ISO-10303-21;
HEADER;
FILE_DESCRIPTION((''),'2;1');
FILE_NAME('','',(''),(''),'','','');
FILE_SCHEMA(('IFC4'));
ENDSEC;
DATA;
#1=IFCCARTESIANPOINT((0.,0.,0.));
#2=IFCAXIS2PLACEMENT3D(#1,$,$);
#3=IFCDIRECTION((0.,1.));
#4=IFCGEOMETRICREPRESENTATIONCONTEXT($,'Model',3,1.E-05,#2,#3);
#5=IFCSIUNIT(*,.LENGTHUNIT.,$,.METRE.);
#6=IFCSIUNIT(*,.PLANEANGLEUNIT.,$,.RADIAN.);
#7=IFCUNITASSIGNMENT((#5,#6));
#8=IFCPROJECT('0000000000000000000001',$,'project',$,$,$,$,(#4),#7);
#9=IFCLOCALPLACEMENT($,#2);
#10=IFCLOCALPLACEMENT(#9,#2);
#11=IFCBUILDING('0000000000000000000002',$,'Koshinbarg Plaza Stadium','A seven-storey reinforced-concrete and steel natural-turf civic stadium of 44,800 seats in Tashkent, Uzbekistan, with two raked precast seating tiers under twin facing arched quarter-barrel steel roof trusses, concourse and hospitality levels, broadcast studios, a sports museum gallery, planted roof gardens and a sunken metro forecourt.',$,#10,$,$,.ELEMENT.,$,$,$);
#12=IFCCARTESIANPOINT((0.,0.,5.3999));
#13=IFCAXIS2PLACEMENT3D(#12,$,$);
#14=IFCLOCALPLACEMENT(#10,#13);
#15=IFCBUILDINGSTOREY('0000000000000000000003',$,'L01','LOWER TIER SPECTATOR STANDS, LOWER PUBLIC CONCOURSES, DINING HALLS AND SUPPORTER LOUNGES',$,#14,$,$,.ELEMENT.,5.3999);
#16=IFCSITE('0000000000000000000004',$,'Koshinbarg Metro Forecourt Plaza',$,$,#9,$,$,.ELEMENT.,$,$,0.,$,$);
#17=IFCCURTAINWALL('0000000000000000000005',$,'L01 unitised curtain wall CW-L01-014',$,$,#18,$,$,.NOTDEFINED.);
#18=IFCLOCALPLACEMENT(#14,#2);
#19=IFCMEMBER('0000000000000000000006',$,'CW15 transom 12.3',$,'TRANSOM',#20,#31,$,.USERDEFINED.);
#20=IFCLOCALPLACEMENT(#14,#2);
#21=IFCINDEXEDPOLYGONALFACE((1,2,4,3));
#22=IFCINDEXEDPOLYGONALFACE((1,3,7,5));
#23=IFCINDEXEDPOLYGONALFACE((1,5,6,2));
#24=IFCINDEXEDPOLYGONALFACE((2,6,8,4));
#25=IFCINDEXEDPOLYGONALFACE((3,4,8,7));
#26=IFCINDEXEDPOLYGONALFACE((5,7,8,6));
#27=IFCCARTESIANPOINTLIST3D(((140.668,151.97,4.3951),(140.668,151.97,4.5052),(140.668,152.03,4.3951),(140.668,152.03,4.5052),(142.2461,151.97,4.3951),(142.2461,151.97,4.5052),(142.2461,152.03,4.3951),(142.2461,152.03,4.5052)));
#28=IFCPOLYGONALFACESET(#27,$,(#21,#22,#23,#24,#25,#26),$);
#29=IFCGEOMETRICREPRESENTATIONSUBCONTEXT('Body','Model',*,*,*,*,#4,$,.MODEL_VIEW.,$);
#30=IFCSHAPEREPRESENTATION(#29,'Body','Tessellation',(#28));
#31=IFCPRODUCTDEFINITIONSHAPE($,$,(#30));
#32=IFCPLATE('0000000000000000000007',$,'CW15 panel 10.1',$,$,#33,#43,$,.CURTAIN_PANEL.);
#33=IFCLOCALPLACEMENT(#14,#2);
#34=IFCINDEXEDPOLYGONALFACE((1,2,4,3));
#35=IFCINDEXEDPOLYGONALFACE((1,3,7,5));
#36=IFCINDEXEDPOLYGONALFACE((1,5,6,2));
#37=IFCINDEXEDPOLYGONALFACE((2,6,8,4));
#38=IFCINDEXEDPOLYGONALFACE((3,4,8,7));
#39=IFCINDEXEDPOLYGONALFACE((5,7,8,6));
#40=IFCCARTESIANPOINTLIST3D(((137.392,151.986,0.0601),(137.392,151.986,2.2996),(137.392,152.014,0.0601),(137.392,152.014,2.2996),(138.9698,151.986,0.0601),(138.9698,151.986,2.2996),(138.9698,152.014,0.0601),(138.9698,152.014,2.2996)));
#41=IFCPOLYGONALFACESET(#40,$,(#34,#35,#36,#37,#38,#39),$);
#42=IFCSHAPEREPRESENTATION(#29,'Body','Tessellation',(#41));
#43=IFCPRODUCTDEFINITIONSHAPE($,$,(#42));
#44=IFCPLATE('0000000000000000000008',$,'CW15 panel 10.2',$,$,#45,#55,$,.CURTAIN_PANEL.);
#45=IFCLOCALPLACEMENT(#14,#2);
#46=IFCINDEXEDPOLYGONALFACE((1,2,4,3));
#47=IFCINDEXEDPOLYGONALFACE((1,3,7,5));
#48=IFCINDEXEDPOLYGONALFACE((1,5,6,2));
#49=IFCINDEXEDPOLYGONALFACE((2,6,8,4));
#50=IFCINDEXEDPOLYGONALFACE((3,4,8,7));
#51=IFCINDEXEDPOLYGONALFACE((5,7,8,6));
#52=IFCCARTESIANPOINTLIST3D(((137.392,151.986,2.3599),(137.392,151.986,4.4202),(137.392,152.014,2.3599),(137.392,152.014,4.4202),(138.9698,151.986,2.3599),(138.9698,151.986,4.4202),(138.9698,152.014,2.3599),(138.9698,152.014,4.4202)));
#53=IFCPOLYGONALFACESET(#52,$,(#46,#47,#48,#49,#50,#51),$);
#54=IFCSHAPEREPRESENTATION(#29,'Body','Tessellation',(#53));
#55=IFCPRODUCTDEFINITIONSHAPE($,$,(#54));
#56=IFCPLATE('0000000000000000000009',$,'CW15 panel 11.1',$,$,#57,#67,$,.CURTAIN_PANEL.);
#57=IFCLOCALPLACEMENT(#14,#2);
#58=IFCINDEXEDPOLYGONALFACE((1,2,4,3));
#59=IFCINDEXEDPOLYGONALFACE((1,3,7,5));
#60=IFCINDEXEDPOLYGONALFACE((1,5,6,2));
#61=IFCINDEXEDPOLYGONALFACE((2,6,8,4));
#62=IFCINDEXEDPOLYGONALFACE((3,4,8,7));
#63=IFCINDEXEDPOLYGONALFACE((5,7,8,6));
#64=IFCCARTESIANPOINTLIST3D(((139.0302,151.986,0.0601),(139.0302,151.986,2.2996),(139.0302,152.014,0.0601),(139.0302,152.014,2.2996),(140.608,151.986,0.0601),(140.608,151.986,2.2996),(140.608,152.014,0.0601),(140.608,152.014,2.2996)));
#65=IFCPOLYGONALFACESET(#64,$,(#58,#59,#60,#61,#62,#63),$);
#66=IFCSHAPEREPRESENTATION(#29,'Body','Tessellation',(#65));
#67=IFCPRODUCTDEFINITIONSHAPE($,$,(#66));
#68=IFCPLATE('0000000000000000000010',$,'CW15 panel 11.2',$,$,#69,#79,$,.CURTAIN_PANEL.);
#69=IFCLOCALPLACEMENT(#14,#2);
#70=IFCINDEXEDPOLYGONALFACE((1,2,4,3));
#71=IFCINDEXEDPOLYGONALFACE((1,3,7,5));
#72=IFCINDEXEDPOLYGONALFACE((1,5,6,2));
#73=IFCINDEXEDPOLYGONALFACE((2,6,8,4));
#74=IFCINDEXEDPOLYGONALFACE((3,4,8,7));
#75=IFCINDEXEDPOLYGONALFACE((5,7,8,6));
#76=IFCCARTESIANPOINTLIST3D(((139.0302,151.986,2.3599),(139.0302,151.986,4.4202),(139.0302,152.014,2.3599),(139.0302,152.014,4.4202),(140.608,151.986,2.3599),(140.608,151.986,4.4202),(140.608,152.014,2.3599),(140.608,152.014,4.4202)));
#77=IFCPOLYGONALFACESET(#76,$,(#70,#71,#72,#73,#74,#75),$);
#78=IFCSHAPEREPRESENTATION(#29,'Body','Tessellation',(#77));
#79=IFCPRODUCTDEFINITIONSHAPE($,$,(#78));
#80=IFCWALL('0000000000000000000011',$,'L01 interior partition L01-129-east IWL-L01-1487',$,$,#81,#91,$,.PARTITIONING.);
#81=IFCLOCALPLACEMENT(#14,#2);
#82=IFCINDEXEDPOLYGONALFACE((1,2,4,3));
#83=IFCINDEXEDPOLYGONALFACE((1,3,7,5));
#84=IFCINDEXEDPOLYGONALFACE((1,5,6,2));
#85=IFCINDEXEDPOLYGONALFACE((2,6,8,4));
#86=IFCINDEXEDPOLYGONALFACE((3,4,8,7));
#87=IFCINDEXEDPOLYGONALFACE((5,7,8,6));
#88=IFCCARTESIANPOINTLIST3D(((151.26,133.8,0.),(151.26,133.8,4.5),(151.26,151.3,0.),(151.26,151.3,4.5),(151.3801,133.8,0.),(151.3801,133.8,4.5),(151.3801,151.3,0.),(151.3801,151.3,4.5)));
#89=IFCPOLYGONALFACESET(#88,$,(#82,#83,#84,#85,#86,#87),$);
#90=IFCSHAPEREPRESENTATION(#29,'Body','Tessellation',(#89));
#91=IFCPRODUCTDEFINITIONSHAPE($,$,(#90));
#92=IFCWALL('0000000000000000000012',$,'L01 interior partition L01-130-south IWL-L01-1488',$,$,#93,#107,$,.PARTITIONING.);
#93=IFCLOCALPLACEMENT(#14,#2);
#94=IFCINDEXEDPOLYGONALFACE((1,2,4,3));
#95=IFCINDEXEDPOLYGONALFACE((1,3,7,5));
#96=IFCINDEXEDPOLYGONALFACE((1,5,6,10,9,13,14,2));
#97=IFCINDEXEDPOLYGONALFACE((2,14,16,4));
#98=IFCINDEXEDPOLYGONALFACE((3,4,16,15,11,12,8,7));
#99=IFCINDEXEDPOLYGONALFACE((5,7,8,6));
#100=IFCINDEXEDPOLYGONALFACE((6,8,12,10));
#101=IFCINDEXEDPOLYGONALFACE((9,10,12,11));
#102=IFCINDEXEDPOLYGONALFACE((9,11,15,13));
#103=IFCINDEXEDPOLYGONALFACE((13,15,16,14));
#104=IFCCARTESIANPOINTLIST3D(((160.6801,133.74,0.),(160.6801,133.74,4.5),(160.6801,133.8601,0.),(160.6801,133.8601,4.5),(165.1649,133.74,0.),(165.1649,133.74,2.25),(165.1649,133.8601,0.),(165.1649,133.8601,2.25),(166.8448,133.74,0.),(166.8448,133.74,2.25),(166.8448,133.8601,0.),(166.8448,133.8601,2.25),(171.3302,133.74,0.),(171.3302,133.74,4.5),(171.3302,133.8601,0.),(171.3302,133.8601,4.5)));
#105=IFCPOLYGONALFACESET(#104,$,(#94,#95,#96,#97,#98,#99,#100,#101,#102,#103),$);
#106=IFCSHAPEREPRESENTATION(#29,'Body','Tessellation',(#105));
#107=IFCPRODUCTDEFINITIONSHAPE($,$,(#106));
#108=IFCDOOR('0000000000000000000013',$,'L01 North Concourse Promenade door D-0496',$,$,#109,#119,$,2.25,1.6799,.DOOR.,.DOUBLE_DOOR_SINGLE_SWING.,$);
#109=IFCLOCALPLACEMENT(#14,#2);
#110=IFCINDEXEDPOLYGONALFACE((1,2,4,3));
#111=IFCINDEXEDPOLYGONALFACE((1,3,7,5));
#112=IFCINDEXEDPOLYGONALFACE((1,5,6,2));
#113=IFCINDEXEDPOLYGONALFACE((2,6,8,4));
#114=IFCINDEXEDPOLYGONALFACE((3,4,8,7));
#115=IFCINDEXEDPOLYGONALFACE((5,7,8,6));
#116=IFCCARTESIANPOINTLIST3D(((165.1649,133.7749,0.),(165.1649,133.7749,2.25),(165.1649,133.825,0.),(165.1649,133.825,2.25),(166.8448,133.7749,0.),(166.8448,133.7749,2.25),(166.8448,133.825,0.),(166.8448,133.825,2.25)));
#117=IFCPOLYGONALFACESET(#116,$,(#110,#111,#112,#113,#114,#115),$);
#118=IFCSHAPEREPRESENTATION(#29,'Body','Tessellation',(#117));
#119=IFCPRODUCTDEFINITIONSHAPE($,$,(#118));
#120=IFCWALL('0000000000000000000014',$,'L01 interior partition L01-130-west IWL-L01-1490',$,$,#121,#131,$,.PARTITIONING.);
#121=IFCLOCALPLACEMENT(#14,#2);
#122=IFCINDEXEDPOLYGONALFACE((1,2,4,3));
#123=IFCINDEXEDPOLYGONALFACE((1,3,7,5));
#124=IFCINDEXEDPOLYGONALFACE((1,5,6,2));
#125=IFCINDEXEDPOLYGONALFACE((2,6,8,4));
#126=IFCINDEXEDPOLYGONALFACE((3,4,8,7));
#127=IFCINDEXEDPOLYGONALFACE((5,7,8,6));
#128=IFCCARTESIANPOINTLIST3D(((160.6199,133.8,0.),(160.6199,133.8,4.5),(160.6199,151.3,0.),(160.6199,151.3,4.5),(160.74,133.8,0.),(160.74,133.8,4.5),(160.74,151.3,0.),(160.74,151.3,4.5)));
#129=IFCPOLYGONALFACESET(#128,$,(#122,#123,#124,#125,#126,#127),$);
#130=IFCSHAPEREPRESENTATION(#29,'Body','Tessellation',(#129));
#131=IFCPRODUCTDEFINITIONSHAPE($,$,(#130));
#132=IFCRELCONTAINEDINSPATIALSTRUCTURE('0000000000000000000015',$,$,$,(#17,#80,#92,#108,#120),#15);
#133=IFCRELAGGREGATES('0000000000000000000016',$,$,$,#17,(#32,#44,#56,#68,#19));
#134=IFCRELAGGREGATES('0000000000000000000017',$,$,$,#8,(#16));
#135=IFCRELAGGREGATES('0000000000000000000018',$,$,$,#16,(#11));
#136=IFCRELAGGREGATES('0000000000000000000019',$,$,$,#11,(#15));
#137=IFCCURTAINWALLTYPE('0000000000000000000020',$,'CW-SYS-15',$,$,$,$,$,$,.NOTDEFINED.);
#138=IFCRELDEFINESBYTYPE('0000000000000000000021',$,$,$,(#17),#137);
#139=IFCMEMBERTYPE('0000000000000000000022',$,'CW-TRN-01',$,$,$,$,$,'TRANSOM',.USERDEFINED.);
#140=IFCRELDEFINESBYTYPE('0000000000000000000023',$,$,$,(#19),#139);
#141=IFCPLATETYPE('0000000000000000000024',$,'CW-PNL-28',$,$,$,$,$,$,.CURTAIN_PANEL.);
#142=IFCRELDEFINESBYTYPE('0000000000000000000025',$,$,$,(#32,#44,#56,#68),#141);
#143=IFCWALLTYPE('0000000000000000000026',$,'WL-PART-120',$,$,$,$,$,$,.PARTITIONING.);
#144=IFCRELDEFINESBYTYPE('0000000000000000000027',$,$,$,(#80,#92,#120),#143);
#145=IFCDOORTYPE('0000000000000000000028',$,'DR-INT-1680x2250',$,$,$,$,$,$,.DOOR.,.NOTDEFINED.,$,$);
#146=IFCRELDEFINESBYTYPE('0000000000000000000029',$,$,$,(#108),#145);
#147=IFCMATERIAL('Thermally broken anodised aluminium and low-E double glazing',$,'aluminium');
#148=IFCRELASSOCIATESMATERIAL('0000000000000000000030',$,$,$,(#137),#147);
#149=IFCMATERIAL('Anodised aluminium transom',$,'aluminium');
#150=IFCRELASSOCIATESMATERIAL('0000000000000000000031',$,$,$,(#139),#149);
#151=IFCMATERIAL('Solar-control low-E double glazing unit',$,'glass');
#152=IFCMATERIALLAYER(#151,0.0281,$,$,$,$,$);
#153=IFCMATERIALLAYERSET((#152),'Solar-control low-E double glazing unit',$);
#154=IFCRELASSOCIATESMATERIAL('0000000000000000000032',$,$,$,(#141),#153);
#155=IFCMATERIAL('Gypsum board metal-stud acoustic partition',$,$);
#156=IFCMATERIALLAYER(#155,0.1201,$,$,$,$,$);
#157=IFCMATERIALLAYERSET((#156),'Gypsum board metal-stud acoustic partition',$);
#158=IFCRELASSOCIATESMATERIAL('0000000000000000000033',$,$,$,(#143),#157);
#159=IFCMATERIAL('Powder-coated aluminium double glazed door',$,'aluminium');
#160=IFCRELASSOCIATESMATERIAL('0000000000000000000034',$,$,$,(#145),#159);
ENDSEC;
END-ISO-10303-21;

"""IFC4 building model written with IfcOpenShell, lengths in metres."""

from ifc_helpers import new_model, si_unit, direction, frame, frame_2d, origin, origin_2d, place, context, subcontext, project, spatial, rectangle, extrude, material, layer, layer_set, material_profile, profile_set, type_object, element, fill, aggregate, save


model = new_model("IFC4")

# Units and contexts
model_context = context("Model", 3, precision=1e-05, world=origin(), true_north=direction((0.0, 1.0)))
body_context = subcontext(model_context, "Body", "Model", "MODEL_VIEW")
ifc_project = project(units=[si_unit("LENGTHUNIT", "METRE"), si_unit("PLANEANGLEUNIT", "RADIAN")], contexts=[model_context])

# Site, building, storey
site_placement = place(None, origin())
site = spatial("IfcSite", under=ifc_project, at=site_placement, Name="Koshinbarg Metro Forecourt Plaza", CompositionType="ELEMENT", RefElevation=0.0)
building_placement = place(site_placement, origin())
building = spatial("IfcBuilding", under=site, at=building_placement, Name="Koshinbarg Plaza Stadium", Description="A seven-storey reinforced-concrete and steel natural-turf civic stadium of 44,800 seats in Tashkent, Uzbekistan, with two raked precast seating tiers under twin facing arched quarter-barrel steel roof trusses, concourse and hospitality levels, broadcast studios, a sports museum gallery, planted roof gardens and a sunken metro forecourt.", CompositionType="ELEMENT")
storey_placement = place(building_placement, frame((0.0, 0.0, 5.3999)))
storey = spatial("IfcBuildingStorey", under=building, at=storey_placement, Name="L01", Description="LOWER TIER SPECTATOR STANDS, LOWER PUBLIC CONCOURSES, DINING HALLS AND SUPPORTER LOUNGES", CompositionType="ELEMENT", Elevation=5.3999)

# Curtain wall, member, plates
ifc_material_1 = material(Name="Thermally broken anodised aluminium and low-E double glazing", Category="aluminium")
curtain_wall_type = type_object("IfcCurtainWallType", Name="CW-SYS-15", PredefinedType="NOTDEFINED", material=ifc_material_1)
curtain_wall_placement = place(storey_placement, origin())
curtain_wall = element("IfcCurtainWall", 1, at=curtain_wall_placement, inside=storey, type_object=curtain_wall_type, Name="L01 unitised curtain wall CW-L01-014", PredefinedType="NOTDEFINED")
ifc_material_2 = material(Name="Anodised aluminium transom", Category="aluminium")
ifc_material_profile_1 = material_profile(ifc_material_2, rectangle(XDim=0.0601, YDim=0.1101, at=origin_2d()), Name="ALU 60x110")
ifc_profile_set_1 = profile_set([ifc_material_profile_1], Name="Anodised aluminium transom")
member_type_1 = type_object("IfcMemberType", Name="CW-TRN-01", ElementType="TRANSOM", PredefinedType="USERDEFINED", material=ifc_profile_set_1)
member_1_placement = place(storey_placement, frame((140.668, 152.0, 4.4502), z_axis=(1.0, 0.0, 0.0), x_axis=(0.0, 1.0, 0.0)))
member_1 = element("IfcMember", 2, at=member_1_placement, type_object=member_type_1, Name="CW15 transom 12.3", ObjectType="TRANSOM", PredefinedType="USERDEFINED", context=body_context, shape_type="SweptSolid", body=[
    extrude(rectangle(XDim=0.0601, YDim=0.1101, at=origin_2d()), origin(), (0.0, 0.0, 1.0), 1.5781),
])
ifc_material_3 = material(Name="Solar-control low-E double glazing unit", Category="glass")
ifc_layer_1 = layer(ifc_material_3, 0.0281)
ifc_layer_set_1 = layer_set([ifc_layer_1], Name="Solar-control low-E double glazing unit")
plate_type = type_object("IfcPlateType", Name="CW-PNL-28", PredefinedType="CURTAIN_PANEL", material=ifc_layer_set_1)
plate_1_placement = place(storey_placement, frame((138.1809, 152.0, 0.0601), z_axis=(0.0, 0.0, 1.0), x_axis=(1.0, 0.0, 0.0)))
plate_1 = element("IfcPlate", 3, at=plate_1_placement, type_object=plate_type, Name="CW15 panel 10.1", PredefinedType="CURTAIN_PANEL", context=body_context, shape_type="SweptSolid", body=[
    extrude(rectangle(XDim=1.5779, YDim=0.0281, at=origin_2d()), origin(), (0.0, 0.0, 1.0), 2.2395),
])
plate_2_placement = place(storey_placement, frame((138.1809, 152.0, 2.3599), z_axis=(0.0, 0.0, 1.0), x_axis=(1.0, 0.0, 0.0)))
plate_2 = element("IfcPlate", 4, at=plate_2_placement, type_object=plate_type, Name="CW15 panel 10.2", PredefinedType="CURTAIN_PANEL", context=body_context, shape_type="SweptSolid", body=[
    extrude(rectangle(XDim=1.5779, YDim=0.0281, at=origin_2d()), origin(), (0.0, 0.0, 1.0), 2.0603),
])
plate_3_placement = place(storey_placement, frame((139.8191, 152.0, 0.0601), z_axis=(0.0, 0.0, 1.0), x_axis=(1.0, 0.0, 0.0)))
plate_3 = element("IfcPlate", 5, at=plate_3_placement, type_object=plate_type, Name="CW15 panel 11.1", PredefinedType="CURTAIN_PANEL", context=body_context, shape_type="SweptSolid", body=[
    extrude(rectangle(XDim=1.5779, YDim=0.0281, at=origin_2d()), origin(), (0.0, 0.0, 1.0), 2.2395),
])
plate_4_placement = place(storey_placement, frame((139.8191, 152.0, 2.3599), z_axis=(0.0, 0.0, 1.0), x_axis=(1.0, 0.0, 0.0)))
plate_4 = element("IfcPlate", 6, at=plate_4_placement, type_object=plate_type, Name="CW15 panel 11.2", PredefinedType="CURTAIN_PANEL", context=body_context, shape_type="SweptSolid", body=[
    extrude(rectangle(XDim=1.5779, YDim=0.0281, at=origin_2d()), origin(), (0.0, 0.0, 1.0), 2.0603),
])
aggregate(curtain_wall, [plate_1, plate_2, plate_3, plate_4, member_1])

# Wall
ifc_material_4 = material(Name="Gypsum board metal-stud acoustic partition")
ifc_layer_2 = layer(ifc_material_4, 0.1201)
ifc_layer_set_2 = layer_set([ifc_layer_2], Name="Gypsum board metal-stud acoustic partition")
wall_type = type_object("IfcWallType", Name="WL-PART-120", PredefinedType="PARTITIONING", material=ifc_layer_set_2)
wall_1_placement = place(storey_placement, frame((151.3201, 133.8, 0.0), z_axis=(0.0, 0.0, 1.0), x_axis=(0.0, 1.0, 0.0)))
element("IfcWall", 7, at=wall_1_placement, inside=storey, type_object=wall_type, Name="L01 interior partition L01-129-east IWL-L01-1487", PredefinedType="PARTITIONING", context=body_context, shape_type="SweptSolid", body=[
    extrude(rectangle(XDim=17.5, YDim=0.1201, at=frame_2d((8.75, 0.0))), origin(), (0.0, 0.0, 1.0), 4.5),
])

# Wall, opening, door
wall_2_placement = place(storey_placement, frame((160.6799, 133.8, 0.0), z_axis=(0.0, 0.0, 1.0), x_axis=(1.0, 0.0, 0.0)))
wall_2 = element("IfcWall", 8, at=wall_2_placement, inside=storey, type_object=wall_type, Name="L01 interior partition L01-130-south IWL-L01-1488", PredefinedType="PARTITIONING", context=body_context, shape_type="SweptSolid", body=[
    extrude(rectangle(XDim=10.6501, YDim=0.1201, at=frame_2d((5.3252, 0.0))), origin(), (0.0, 0.0, 1.0), 4.5),
])
opening_placement = place(wall_2_placement, frame((4.4851, 0.0, 0.0)))
opening = element("IfcOpeningElement", 9, at=opening_placement, cuts=wall_2, PredefinedType="OPENING", context=body_context, shape_type="SweptSolid", body=[
    extrude(rectangle(XDim=1.6799, YDim=2.25, at=frame_2d((0.8398, 1.125))), frame((0.0, 0.0701, 0.0), z_axis=(0.0, -1.0, 0.0), x_axis=(1.0, 0.0, 0.0)), (0.0, 0.0, 1.0), 0.1401),
])
ifc_material_5 = material(Name="Powder-coated aluminium double glazed door", Category="aluminium")
door_type = type_object("IfcDoorType", Name="DR-INT-1680x2250", OperationType="NOTDEFINED", PredefinedType="DOOR", material=ifc_material_5)
door_placement = place(opening_placement, origin())
door = element("IfcDoor", 10, at=door_placement, inside=storey, type_object=door_type, Name="L01 North Concourse Promenade door D-0496", OperationType="DOUBLE_DOOR_SINGLE_SWING", OverallHeight=2.25, OverallWidth=1.6799, PredefinedType="DOOR", context=body_context, shape_type="SweptSolid", body=[
    extrude(rectangle(XDim=1.6799, YDim=2.25, at=frame_2d((0.8398, 1.125))), frame((0.0, 0.0249, 0.0), z_axis=(0.0, -1.0, 0.0), x_axis=(1.0, 0.0, 0.0)), (0.0, 0.0, 1.0), 0.05),
])
fill(opening, door)

# Wall
wall_3_placement = place(storey_placement, frame((160.6799, 151.3, 0.0), z_axis=(0.0, 0.0, 1.0), x_axis=(0.0, -1.0, 0.0)))
element("IfcWall", 11, at=wall_3_placement, inside=storey, type_object=wall_type, Name="L01 interior partition L01-130-west IWL-L01-1490", PredefinedType="PARTITIONING", context=body_context, shape_type="SweptSolid", body=[
    extrude(rectangle(XDim=17.5, YDim=0.1201, at=frame_2d((8.75, 0.0))), origin(), (0.0, 0.0, 1.0), 4.5),
])

save(model, "model.ifc")
